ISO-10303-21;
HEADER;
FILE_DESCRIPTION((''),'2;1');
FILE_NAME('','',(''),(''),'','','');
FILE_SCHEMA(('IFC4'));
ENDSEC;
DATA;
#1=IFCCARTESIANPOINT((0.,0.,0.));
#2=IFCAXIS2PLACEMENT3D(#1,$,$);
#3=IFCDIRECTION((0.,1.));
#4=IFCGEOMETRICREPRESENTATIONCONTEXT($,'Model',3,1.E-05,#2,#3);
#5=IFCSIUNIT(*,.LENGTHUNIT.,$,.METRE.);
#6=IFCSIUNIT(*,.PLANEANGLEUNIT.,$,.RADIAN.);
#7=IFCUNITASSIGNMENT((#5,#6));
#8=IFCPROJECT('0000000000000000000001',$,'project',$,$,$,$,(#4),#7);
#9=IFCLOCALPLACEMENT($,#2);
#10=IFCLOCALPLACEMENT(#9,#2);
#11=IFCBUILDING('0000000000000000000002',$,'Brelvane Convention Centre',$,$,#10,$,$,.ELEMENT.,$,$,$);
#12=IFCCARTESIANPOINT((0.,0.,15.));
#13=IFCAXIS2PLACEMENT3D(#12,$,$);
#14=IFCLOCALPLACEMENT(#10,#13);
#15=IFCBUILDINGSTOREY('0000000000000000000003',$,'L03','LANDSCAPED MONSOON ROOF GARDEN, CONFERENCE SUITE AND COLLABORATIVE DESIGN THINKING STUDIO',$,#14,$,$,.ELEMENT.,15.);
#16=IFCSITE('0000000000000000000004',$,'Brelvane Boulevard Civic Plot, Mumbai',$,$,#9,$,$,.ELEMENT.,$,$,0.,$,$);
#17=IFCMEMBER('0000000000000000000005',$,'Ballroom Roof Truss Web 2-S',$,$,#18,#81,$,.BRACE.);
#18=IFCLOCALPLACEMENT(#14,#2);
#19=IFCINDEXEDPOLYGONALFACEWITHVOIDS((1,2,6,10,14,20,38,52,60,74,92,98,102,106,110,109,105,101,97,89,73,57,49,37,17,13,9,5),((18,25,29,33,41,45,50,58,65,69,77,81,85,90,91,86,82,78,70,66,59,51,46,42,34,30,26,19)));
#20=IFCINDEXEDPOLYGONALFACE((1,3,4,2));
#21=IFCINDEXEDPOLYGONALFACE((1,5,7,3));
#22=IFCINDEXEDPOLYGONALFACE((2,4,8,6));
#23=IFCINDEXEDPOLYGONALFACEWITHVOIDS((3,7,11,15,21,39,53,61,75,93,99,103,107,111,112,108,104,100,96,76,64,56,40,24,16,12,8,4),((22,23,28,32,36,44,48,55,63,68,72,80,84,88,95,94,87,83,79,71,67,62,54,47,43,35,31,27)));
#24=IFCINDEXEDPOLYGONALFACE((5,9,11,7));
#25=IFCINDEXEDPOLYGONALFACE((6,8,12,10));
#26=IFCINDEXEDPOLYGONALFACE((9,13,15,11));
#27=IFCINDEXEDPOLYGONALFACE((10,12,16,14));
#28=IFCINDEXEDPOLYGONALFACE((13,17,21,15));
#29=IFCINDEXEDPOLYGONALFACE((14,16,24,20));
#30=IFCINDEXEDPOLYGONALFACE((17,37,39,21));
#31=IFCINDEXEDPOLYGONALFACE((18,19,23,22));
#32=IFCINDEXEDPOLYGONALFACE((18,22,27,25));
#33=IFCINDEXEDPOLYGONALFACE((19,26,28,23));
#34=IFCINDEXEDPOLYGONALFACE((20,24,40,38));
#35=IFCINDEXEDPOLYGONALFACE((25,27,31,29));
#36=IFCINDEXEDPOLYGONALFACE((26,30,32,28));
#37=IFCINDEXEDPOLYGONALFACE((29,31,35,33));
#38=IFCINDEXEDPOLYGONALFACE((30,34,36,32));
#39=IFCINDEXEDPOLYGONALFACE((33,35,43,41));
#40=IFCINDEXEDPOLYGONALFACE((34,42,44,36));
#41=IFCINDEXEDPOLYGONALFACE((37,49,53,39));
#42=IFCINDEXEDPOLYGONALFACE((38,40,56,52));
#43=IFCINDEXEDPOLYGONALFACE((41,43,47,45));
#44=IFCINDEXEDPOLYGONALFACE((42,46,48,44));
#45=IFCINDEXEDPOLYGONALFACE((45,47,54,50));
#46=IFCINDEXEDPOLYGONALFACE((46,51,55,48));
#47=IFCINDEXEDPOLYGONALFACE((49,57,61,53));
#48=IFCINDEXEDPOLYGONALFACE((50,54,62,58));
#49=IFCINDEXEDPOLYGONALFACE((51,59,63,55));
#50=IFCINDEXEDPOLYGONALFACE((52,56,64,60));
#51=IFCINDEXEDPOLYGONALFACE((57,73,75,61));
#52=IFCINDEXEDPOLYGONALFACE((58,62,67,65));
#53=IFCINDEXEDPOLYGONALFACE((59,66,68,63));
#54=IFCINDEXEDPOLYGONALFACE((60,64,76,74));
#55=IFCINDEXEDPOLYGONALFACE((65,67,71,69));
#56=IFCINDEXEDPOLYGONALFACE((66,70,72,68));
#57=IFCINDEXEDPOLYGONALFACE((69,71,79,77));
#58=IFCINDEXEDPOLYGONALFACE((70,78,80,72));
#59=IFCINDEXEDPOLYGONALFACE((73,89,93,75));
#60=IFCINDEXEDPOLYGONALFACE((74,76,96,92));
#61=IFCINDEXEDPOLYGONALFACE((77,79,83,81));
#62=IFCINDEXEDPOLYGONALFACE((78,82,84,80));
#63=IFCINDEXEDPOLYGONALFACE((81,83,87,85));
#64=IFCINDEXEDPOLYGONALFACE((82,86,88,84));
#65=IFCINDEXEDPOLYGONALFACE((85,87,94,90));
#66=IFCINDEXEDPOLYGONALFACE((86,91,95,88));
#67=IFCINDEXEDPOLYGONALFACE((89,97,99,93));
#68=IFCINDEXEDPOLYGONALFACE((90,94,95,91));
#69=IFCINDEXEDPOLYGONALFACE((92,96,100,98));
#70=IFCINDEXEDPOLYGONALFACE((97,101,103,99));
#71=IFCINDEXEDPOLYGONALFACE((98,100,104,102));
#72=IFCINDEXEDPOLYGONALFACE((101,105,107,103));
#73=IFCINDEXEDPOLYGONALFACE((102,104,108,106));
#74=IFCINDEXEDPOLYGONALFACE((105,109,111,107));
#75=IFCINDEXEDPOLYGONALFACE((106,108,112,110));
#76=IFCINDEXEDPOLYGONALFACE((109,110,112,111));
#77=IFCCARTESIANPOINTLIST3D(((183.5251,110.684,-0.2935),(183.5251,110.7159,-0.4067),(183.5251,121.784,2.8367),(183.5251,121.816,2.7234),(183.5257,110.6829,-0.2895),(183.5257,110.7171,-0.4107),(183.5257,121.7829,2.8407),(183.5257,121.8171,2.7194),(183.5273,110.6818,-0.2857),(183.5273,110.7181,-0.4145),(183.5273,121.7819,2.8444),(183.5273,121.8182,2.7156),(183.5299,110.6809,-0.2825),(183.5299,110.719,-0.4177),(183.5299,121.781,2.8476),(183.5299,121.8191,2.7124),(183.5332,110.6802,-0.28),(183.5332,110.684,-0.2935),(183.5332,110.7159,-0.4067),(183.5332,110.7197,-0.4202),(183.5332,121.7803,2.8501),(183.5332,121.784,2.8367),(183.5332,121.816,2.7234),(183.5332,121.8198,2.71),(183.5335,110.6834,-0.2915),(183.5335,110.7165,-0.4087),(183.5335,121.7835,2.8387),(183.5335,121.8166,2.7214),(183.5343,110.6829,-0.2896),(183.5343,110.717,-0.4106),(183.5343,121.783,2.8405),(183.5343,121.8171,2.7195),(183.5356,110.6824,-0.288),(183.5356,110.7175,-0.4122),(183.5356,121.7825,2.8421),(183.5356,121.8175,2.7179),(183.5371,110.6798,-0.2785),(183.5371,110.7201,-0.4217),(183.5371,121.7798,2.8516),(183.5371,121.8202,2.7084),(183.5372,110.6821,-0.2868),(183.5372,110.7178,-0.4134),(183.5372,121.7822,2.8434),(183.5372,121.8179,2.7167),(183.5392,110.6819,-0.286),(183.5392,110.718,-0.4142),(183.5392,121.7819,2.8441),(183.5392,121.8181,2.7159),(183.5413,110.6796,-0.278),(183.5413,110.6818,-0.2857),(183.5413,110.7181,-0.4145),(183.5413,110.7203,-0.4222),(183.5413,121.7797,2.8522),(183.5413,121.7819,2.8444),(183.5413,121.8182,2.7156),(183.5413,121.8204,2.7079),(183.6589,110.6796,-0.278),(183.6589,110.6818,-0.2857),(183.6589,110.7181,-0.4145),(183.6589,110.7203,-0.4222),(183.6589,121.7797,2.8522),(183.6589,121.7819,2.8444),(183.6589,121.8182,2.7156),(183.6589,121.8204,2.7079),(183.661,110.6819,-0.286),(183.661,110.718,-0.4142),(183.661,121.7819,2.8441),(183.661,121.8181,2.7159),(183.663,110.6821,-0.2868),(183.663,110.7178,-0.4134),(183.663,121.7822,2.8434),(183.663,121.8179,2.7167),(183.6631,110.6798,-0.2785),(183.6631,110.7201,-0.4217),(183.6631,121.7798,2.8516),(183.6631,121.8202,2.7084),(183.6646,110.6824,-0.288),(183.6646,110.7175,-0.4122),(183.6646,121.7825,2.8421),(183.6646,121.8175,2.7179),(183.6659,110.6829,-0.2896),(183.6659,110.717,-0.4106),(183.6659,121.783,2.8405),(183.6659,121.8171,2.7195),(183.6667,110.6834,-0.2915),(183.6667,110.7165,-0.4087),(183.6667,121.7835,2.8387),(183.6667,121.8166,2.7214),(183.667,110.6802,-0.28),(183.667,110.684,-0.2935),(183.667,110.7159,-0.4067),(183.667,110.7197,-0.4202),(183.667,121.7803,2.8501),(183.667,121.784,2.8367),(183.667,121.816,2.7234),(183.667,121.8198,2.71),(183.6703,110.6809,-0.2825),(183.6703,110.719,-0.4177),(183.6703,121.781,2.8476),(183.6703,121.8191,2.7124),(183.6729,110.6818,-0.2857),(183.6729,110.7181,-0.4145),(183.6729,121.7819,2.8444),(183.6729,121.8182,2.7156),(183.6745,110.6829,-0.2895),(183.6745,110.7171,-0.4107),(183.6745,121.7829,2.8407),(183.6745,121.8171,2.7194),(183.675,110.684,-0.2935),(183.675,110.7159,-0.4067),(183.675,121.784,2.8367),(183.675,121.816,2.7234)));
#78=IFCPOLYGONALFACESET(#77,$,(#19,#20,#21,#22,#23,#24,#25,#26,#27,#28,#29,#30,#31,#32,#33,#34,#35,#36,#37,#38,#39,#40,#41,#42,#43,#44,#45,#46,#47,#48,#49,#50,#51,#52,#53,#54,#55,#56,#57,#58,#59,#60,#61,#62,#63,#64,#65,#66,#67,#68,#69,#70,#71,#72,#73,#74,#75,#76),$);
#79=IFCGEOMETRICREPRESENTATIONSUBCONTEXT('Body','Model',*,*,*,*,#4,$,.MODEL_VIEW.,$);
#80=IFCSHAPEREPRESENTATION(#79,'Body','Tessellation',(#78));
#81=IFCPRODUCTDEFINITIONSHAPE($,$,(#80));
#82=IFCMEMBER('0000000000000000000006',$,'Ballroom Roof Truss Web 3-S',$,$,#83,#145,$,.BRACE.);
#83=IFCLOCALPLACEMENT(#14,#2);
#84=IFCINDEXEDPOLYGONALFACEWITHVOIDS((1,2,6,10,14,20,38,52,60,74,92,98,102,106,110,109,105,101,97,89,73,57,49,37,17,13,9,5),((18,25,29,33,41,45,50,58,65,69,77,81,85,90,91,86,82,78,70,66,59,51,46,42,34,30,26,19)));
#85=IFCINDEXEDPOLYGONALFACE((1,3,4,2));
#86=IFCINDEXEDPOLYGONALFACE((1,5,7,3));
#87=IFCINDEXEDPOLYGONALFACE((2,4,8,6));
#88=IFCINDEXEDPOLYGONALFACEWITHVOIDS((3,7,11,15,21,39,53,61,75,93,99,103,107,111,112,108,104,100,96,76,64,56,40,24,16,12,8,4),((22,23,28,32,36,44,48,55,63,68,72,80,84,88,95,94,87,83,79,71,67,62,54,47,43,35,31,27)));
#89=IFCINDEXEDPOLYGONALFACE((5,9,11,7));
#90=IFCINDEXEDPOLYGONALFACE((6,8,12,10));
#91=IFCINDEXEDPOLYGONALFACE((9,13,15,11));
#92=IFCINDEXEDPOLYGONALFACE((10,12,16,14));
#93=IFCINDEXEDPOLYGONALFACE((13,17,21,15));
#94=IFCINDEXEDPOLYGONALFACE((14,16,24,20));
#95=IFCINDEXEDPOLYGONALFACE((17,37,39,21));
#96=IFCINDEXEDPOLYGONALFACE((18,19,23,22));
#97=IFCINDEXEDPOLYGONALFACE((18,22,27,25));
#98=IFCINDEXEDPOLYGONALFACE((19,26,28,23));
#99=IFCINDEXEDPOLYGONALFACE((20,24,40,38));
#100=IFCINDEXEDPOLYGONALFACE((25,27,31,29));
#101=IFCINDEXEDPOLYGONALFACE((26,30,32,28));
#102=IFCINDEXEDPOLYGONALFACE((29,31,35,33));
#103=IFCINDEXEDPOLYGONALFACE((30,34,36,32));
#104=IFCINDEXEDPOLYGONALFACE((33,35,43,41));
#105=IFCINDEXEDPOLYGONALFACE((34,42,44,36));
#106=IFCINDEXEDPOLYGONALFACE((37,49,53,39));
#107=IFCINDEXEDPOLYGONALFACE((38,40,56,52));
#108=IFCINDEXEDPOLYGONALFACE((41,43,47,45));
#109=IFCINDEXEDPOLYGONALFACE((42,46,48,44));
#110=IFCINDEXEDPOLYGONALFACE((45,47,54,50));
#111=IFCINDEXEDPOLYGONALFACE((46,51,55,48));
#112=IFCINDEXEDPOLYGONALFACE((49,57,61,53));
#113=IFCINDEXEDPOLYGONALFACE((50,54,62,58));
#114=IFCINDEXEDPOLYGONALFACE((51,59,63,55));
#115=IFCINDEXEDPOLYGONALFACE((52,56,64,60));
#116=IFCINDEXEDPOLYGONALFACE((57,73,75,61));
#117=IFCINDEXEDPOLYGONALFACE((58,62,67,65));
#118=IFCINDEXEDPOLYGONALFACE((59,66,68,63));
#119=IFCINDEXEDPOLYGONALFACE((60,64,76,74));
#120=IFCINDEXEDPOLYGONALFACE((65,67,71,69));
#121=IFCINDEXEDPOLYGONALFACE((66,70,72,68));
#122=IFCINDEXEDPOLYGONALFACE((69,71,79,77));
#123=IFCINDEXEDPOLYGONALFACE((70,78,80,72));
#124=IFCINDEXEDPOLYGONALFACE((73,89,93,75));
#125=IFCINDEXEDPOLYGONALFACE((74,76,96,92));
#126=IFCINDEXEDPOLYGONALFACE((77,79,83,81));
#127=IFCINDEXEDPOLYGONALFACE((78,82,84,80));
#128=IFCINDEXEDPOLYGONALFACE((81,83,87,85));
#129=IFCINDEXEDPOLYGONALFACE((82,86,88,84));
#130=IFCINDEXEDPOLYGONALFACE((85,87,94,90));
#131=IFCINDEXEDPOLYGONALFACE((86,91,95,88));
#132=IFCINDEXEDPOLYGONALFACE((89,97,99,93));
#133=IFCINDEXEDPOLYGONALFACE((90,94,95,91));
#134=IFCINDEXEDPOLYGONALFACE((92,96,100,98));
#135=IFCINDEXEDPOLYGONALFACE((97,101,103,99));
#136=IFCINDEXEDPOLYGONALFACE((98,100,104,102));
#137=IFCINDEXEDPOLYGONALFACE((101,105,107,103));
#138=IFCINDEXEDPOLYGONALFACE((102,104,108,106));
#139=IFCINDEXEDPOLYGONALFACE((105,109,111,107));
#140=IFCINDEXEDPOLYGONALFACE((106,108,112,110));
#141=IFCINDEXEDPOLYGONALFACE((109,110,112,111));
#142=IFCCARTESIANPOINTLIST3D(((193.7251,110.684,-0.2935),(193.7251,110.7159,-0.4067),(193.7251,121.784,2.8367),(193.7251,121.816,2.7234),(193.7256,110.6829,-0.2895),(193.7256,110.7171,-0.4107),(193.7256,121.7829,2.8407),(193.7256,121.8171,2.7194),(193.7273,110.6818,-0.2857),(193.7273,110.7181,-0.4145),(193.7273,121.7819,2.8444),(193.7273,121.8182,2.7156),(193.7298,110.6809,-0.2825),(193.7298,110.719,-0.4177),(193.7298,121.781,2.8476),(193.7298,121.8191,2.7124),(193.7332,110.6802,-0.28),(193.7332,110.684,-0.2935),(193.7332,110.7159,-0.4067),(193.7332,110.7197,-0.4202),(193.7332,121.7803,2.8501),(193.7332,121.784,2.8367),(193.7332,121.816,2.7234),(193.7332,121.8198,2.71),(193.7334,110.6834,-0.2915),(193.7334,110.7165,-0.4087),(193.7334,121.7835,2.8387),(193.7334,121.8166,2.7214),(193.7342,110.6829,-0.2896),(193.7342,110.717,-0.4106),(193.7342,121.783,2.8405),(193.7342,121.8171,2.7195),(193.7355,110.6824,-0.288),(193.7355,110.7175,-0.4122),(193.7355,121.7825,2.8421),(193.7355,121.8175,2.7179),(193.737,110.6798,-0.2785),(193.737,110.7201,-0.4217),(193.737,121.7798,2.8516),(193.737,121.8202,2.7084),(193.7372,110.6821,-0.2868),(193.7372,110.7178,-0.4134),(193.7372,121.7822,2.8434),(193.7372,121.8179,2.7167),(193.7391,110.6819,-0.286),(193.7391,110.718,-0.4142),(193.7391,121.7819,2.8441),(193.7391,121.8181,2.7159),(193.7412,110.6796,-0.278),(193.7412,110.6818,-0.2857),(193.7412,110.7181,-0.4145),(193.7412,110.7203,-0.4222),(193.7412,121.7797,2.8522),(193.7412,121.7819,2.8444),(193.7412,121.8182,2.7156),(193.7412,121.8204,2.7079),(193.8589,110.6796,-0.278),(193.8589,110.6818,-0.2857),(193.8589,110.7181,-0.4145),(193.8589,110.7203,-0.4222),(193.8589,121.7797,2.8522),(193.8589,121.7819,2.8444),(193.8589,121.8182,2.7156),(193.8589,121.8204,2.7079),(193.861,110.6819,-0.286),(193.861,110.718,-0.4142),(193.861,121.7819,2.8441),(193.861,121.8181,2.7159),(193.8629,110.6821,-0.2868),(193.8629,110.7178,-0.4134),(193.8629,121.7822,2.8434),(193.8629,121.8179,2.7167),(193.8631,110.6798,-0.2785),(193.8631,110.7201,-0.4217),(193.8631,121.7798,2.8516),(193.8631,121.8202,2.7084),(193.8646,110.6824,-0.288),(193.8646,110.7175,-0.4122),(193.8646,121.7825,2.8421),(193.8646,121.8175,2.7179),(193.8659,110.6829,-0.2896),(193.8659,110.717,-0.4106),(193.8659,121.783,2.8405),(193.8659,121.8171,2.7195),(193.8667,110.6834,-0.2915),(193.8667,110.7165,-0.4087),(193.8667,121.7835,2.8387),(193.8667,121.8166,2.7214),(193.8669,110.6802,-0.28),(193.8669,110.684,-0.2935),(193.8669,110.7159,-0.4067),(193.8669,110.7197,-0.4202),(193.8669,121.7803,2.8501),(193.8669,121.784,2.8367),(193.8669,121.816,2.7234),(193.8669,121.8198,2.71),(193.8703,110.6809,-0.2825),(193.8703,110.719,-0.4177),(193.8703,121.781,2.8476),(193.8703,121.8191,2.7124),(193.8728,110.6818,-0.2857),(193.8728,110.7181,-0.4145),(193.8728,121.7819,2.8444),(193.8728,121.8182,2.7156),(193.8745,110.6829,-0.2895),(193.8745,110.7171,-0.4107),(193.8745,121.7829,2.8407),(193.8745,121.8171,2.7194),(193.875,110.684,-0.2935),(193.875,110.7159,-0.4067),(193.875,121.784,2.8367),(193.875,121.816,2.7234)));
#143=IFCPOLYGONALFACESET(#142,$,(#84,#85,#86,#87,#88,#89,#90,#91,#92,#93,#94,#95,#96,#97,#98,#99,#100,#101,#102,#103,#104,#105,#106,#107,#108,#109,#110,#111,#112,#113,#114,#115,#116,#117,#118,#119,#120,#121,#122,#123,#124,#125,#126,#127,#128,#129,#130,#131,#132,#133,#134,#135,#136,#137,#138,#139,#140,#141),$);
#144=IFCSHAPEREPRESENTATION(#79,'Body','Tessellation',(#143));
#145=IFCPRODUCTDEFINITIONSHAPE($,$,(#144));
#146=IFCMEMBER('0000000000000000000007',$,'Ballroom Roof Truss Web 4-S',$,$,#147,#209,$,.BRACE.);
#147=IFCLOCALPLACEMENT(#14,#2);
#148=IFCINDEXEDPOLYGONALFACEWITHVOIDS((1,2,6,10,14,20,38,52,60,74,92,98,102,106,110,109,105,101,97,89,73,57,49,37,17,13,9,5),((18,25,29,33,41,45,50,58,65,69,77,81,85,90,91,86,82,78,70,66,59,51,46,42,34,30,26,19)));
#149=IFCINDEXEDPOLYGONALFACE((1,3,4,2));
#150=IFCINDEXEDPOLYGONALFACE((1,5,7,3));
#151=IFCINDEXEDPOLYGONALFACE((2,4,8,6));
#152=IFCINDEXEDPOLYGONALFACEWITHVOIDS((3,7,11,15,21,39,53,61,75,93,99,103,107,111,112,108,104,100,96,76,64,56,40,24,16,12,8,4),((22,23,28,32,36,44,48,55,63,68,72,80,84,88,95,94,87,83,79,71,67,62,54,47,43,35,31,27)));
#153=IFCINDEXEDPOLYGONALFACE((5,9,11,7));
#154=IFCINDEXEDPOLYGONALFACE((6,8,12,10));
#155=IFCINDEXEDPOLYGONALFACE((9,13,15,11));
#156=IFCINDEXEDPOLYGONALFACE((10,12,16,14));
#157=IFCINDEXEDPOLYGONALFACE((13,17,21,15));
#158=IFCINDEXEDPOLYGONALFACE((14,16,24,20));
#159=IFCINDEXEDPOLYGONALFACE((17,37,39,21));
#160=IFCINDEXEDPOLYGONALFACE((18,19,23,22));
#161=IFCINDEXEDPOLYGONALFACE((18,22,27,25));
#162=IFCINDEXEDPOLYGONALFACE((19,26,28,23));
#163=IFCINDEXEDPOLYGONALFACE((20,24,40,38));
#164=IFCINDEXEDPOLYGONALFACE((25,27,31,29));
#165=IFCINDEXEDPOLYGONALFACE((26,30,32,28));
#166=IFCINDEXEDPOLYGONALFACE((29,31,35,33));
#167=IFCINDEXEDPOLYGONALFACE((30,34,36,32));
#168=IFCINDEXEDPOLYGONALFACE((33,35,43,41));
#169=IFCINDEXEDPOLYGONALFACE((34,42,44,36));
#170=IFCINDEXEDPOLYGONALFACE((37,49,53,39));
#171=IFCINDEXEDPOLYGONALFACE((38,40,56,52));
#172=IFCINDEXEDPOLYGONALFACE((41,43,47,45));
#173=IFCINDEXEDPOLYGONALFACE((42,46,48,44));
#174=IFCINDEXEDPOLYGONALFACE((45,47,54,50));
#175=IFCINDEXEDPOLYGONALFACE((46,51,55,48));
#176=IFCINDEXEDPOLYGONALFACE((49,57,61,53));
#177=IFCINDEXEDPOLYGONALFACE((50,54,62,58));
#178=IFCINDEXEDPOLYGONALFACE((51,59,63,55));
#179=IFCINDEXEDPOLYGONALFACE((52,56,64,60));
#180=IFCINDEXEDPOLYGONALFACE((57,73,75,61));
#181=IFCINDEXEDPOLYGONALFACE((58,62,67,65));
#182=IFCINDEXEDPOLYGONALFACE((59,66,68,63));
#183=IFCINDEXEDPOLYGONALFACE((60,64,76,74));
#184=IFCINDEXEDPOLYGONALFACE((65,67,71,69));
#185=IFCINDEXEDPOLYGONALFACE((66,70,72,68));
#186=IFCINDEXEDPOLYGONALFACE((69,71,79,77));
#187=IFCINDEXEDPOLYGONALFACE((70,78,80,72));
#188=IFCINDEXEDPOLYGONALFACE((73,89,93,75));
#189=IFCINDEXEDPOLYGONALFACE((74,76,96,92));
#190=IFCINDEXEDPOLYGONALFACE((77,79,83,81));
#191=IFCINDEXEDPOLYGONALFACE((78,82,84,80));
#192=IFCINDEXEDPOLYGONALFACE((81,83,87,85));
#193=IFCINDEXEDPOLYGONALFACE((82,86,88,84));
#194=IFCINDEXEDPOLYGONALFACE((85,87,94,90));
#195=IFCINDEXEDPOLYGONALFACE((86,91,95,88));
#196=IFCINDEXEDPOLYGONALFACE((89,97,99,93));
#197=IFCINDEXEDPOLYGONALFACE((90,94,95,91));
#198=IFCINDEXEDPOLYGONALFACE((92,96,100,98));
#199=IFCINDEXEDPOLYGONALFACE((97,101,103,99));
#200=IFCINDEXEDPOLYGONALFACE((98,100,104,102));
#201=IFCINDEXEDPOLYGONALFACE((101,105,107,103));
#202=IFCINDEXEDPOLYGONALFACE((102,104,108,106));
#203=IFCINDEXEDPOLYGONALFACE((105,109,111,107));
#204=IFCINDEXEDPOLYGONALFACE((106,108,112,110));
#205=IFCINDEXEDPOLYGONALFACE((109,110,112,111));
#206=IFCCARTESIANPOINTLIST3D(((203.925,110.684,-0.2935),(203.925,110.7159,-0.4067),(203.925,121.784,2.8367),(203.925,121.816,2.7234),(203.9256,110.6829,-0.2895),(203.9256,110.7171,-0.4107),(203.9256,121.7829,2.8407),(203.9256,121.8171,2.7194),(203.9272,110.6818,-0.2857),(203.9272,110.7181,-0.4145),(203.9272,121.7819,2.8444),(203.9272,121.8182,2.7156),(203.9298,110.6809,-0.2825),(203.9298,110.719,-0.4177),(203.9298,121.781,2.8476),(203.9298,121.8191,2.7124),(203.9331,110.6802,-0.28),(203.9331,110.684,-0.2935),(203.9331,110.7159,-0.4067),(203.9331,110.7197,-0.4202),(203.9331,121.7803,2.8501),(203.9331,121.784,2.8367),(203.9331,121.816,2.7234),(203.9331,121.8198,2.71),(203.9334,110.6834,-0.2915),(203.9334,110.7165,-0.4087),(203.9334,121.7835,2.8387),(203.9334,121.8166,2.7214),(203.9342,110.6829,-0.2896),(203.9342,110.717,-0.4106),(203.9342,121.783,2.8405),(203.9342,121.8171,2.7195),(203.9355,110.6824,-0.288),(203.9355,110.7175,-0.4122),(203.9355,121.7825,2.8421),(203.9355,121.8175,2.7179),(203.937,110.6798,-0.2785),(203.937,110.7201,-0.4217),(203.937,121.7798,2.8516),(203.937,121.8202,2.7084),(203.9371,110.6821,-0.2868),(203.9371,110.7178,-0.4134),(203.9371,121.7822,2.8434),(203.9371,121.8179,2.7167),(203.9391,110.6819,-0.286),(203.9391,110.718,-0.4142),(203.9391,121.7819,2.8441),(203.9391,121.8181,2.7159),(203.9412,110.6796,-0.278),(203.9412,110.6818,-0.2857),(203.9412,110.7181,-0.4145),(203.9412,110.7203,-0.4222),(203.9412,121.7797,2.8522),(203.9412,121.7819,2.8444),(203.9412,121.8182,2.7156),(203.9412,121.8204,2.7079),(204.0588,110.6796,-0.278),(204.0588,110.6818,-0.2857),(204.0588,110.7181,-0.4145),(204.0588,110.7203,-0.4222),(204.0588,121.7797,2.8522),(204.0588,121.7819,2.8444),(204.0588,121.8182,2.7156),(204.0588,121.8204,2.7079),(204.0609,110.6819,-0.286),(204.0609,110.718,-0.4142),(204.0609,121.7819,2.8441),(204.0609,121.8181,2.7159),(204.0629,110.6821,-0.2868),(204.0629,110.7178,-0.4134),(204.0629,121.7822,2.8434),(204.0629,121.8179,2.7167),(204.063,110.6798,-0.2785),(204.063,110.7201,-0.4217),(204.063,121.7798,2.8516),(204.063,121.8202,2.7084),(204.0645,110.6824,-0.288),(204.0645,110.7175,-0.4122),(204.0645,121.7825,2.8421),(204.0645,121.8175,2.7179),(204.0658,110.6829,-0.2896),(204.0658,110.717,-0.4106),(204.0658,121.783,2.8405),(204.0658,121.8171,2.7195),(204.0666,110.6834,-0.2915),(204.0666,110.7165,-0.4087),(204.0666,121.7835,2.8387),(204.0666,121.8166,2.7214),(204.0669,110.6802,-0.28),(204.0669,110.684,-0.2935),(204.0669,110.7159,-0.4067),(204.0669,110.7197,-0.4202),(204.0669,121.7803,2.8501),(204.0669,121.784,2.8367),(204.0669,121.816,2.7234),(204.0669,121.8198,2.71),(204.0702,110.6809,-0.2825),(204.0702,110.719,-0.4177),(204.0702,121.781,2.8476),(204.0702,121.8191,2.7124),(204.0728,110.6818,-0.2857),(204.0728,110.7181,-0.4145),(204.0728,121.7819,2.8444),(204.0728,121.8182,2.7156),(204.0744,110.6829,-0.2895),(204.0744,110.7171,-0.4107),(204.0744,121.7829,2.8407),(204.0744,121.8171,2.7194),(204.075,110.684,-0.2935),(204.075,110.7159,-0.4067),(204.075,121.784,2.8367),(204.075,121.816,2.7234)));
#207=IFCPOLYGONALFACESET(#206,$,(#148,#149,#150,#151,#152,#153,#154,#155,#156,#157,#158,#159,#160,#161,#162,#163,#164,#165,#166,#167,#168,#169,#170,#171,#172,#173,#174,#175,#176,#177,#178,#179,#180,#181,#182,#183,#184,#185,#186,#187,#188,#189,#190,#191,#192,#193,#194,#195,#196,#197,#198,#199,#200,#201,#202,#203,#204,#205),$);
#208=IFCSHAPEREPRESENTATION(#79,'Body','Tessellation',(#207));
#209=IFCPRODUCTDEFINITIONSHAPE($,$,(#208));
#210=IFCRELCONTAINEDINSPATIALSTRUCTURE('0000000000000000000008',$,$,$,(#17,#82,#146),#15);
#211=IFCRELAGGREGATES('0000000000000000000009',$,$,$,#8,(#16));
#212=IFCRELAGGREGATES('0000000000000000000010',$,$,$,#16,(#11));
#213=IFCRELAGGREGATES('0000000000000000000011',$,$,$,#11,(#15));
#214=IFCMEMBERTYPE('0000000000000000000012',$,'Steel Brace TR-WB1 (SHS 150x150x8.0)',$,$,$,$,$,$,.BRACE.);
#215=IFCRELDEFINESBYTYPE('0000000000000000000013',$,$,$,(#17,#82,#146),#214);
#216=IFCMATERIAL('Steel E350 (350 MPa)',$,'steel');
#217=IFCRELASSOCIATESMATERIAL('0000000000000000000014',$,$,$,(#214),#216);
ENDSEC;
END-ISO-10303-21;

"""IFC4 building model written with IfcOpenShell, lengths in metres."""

from ifc_helpers import new_model, si_unit, direction, frame, origin, origin_2d, place, context, subcontext, project, spatial, hollow_rectangle, extrude, material, material_profile, profile_set, type_object, element, save


model = new_model("IFC4")

# Units and contexts
model_context = context("Model", 3, precision=1e-05, world=origin(), true_north=direction((0.0, 1.0)))
body_context = subcontext(model_context, "Body", "Model", "MODEL_VIEW")
ifc_project = project(units=[si_unit("LENGTHUNIT", "METRE"), si_unit("PLANEANGLEUNIT", "RADIAN")], contexts=[model_context])

# Site, building, storey
site_placement = place(None, origin())
site = spatial("IfcSite", under=ifc_project, at=site_placement, Name="Brelvane Boulevard Civic Plot, Mumbai", CompositionType="ELEMENT", RefElevation=0.0)
building_placement = place(site_placement, origin())
building = spatial("IfcBuilding", under=site, at=building_placement, Name="Brelvane Convention Centre", CompositionType="ELEMENT")
storey_placement = place(building_placement, frame((0.0, 0.0, 15.0)))
storey = spatial("IfcBuildingStorey", under=building, at=storey_placement, Name="L03", Description="LANDSCAPED MONSOON ROOF GARDEN, CONFERENCE SUITE AND COLLABORATIVE DESIGN THINKING STUDIO", CompositionType="ELEMENT", Elevation=15.0)

# Members
ifc_material_1 = material(Name="Steel E350 (350 MPa)", Category="steel")
ifc_material_profile_1 = material_profile(ifc_material_1, hollow_rectangle(XDim=0.1499, YDim=0.1499, WallThickness=0.0081, InnerFilletRadius=0.0081, OuterFilletRadius=0.0161, at=origin_2d()), Name="SHS 150x150x8.0")
ifc_profile_set_1 = profile_set([ifc_material_profile_1], Name="Steel E350 (350 MPa)")
member_type_1 = type_object("IfcMemberType", Name="Steel Brace TR-WB1 (SHS 150x150x8.0)", PredefinedType="BRACE", material=ifc_profile_set_1)
for number, where, z_axis, x_axis, name in (
    (1, (183.6001, 110.7, -0.3501), (0.0, 0.962465, 0.271406), (-1.0, 0.0, 0.0), "Ballroom Roof Truss Web 2-S"),
    (2, (193.8, 110.7, -0.3501), (0.0, 0.962465, 0.271406), (-1.0, 0.0, 0.0), "Ballroom Roof Truss Web 3-S"),
    (3, (204.0, 110.7, -0.3501), (0.0, 0.962465, 0.271406), (-1.0, 0.0, 0.0), "Ballroom Roof Truss Web 4-S"),
):
    element("IfcMember", number, at=place(storey_placement, frame(where, z_axis=z_axis, x_axis=x_axis)), inside=storey, type_object=member_type_1, Name=name, PredefinedType="BRACE", context=body_context, shape_type="SweptSolid", body=[
        extrude(hollow_rectangle(XDim=0.1499, YDim=0.1499, WallThickness=0.0081, InnerFilletRadius=0.0081, OuterFilletRadius=0.0161, at=origin_2d()), origin(), (0.0, 0.0, 1.0), 11.533),
    ])

save(model, "model.ifc")
